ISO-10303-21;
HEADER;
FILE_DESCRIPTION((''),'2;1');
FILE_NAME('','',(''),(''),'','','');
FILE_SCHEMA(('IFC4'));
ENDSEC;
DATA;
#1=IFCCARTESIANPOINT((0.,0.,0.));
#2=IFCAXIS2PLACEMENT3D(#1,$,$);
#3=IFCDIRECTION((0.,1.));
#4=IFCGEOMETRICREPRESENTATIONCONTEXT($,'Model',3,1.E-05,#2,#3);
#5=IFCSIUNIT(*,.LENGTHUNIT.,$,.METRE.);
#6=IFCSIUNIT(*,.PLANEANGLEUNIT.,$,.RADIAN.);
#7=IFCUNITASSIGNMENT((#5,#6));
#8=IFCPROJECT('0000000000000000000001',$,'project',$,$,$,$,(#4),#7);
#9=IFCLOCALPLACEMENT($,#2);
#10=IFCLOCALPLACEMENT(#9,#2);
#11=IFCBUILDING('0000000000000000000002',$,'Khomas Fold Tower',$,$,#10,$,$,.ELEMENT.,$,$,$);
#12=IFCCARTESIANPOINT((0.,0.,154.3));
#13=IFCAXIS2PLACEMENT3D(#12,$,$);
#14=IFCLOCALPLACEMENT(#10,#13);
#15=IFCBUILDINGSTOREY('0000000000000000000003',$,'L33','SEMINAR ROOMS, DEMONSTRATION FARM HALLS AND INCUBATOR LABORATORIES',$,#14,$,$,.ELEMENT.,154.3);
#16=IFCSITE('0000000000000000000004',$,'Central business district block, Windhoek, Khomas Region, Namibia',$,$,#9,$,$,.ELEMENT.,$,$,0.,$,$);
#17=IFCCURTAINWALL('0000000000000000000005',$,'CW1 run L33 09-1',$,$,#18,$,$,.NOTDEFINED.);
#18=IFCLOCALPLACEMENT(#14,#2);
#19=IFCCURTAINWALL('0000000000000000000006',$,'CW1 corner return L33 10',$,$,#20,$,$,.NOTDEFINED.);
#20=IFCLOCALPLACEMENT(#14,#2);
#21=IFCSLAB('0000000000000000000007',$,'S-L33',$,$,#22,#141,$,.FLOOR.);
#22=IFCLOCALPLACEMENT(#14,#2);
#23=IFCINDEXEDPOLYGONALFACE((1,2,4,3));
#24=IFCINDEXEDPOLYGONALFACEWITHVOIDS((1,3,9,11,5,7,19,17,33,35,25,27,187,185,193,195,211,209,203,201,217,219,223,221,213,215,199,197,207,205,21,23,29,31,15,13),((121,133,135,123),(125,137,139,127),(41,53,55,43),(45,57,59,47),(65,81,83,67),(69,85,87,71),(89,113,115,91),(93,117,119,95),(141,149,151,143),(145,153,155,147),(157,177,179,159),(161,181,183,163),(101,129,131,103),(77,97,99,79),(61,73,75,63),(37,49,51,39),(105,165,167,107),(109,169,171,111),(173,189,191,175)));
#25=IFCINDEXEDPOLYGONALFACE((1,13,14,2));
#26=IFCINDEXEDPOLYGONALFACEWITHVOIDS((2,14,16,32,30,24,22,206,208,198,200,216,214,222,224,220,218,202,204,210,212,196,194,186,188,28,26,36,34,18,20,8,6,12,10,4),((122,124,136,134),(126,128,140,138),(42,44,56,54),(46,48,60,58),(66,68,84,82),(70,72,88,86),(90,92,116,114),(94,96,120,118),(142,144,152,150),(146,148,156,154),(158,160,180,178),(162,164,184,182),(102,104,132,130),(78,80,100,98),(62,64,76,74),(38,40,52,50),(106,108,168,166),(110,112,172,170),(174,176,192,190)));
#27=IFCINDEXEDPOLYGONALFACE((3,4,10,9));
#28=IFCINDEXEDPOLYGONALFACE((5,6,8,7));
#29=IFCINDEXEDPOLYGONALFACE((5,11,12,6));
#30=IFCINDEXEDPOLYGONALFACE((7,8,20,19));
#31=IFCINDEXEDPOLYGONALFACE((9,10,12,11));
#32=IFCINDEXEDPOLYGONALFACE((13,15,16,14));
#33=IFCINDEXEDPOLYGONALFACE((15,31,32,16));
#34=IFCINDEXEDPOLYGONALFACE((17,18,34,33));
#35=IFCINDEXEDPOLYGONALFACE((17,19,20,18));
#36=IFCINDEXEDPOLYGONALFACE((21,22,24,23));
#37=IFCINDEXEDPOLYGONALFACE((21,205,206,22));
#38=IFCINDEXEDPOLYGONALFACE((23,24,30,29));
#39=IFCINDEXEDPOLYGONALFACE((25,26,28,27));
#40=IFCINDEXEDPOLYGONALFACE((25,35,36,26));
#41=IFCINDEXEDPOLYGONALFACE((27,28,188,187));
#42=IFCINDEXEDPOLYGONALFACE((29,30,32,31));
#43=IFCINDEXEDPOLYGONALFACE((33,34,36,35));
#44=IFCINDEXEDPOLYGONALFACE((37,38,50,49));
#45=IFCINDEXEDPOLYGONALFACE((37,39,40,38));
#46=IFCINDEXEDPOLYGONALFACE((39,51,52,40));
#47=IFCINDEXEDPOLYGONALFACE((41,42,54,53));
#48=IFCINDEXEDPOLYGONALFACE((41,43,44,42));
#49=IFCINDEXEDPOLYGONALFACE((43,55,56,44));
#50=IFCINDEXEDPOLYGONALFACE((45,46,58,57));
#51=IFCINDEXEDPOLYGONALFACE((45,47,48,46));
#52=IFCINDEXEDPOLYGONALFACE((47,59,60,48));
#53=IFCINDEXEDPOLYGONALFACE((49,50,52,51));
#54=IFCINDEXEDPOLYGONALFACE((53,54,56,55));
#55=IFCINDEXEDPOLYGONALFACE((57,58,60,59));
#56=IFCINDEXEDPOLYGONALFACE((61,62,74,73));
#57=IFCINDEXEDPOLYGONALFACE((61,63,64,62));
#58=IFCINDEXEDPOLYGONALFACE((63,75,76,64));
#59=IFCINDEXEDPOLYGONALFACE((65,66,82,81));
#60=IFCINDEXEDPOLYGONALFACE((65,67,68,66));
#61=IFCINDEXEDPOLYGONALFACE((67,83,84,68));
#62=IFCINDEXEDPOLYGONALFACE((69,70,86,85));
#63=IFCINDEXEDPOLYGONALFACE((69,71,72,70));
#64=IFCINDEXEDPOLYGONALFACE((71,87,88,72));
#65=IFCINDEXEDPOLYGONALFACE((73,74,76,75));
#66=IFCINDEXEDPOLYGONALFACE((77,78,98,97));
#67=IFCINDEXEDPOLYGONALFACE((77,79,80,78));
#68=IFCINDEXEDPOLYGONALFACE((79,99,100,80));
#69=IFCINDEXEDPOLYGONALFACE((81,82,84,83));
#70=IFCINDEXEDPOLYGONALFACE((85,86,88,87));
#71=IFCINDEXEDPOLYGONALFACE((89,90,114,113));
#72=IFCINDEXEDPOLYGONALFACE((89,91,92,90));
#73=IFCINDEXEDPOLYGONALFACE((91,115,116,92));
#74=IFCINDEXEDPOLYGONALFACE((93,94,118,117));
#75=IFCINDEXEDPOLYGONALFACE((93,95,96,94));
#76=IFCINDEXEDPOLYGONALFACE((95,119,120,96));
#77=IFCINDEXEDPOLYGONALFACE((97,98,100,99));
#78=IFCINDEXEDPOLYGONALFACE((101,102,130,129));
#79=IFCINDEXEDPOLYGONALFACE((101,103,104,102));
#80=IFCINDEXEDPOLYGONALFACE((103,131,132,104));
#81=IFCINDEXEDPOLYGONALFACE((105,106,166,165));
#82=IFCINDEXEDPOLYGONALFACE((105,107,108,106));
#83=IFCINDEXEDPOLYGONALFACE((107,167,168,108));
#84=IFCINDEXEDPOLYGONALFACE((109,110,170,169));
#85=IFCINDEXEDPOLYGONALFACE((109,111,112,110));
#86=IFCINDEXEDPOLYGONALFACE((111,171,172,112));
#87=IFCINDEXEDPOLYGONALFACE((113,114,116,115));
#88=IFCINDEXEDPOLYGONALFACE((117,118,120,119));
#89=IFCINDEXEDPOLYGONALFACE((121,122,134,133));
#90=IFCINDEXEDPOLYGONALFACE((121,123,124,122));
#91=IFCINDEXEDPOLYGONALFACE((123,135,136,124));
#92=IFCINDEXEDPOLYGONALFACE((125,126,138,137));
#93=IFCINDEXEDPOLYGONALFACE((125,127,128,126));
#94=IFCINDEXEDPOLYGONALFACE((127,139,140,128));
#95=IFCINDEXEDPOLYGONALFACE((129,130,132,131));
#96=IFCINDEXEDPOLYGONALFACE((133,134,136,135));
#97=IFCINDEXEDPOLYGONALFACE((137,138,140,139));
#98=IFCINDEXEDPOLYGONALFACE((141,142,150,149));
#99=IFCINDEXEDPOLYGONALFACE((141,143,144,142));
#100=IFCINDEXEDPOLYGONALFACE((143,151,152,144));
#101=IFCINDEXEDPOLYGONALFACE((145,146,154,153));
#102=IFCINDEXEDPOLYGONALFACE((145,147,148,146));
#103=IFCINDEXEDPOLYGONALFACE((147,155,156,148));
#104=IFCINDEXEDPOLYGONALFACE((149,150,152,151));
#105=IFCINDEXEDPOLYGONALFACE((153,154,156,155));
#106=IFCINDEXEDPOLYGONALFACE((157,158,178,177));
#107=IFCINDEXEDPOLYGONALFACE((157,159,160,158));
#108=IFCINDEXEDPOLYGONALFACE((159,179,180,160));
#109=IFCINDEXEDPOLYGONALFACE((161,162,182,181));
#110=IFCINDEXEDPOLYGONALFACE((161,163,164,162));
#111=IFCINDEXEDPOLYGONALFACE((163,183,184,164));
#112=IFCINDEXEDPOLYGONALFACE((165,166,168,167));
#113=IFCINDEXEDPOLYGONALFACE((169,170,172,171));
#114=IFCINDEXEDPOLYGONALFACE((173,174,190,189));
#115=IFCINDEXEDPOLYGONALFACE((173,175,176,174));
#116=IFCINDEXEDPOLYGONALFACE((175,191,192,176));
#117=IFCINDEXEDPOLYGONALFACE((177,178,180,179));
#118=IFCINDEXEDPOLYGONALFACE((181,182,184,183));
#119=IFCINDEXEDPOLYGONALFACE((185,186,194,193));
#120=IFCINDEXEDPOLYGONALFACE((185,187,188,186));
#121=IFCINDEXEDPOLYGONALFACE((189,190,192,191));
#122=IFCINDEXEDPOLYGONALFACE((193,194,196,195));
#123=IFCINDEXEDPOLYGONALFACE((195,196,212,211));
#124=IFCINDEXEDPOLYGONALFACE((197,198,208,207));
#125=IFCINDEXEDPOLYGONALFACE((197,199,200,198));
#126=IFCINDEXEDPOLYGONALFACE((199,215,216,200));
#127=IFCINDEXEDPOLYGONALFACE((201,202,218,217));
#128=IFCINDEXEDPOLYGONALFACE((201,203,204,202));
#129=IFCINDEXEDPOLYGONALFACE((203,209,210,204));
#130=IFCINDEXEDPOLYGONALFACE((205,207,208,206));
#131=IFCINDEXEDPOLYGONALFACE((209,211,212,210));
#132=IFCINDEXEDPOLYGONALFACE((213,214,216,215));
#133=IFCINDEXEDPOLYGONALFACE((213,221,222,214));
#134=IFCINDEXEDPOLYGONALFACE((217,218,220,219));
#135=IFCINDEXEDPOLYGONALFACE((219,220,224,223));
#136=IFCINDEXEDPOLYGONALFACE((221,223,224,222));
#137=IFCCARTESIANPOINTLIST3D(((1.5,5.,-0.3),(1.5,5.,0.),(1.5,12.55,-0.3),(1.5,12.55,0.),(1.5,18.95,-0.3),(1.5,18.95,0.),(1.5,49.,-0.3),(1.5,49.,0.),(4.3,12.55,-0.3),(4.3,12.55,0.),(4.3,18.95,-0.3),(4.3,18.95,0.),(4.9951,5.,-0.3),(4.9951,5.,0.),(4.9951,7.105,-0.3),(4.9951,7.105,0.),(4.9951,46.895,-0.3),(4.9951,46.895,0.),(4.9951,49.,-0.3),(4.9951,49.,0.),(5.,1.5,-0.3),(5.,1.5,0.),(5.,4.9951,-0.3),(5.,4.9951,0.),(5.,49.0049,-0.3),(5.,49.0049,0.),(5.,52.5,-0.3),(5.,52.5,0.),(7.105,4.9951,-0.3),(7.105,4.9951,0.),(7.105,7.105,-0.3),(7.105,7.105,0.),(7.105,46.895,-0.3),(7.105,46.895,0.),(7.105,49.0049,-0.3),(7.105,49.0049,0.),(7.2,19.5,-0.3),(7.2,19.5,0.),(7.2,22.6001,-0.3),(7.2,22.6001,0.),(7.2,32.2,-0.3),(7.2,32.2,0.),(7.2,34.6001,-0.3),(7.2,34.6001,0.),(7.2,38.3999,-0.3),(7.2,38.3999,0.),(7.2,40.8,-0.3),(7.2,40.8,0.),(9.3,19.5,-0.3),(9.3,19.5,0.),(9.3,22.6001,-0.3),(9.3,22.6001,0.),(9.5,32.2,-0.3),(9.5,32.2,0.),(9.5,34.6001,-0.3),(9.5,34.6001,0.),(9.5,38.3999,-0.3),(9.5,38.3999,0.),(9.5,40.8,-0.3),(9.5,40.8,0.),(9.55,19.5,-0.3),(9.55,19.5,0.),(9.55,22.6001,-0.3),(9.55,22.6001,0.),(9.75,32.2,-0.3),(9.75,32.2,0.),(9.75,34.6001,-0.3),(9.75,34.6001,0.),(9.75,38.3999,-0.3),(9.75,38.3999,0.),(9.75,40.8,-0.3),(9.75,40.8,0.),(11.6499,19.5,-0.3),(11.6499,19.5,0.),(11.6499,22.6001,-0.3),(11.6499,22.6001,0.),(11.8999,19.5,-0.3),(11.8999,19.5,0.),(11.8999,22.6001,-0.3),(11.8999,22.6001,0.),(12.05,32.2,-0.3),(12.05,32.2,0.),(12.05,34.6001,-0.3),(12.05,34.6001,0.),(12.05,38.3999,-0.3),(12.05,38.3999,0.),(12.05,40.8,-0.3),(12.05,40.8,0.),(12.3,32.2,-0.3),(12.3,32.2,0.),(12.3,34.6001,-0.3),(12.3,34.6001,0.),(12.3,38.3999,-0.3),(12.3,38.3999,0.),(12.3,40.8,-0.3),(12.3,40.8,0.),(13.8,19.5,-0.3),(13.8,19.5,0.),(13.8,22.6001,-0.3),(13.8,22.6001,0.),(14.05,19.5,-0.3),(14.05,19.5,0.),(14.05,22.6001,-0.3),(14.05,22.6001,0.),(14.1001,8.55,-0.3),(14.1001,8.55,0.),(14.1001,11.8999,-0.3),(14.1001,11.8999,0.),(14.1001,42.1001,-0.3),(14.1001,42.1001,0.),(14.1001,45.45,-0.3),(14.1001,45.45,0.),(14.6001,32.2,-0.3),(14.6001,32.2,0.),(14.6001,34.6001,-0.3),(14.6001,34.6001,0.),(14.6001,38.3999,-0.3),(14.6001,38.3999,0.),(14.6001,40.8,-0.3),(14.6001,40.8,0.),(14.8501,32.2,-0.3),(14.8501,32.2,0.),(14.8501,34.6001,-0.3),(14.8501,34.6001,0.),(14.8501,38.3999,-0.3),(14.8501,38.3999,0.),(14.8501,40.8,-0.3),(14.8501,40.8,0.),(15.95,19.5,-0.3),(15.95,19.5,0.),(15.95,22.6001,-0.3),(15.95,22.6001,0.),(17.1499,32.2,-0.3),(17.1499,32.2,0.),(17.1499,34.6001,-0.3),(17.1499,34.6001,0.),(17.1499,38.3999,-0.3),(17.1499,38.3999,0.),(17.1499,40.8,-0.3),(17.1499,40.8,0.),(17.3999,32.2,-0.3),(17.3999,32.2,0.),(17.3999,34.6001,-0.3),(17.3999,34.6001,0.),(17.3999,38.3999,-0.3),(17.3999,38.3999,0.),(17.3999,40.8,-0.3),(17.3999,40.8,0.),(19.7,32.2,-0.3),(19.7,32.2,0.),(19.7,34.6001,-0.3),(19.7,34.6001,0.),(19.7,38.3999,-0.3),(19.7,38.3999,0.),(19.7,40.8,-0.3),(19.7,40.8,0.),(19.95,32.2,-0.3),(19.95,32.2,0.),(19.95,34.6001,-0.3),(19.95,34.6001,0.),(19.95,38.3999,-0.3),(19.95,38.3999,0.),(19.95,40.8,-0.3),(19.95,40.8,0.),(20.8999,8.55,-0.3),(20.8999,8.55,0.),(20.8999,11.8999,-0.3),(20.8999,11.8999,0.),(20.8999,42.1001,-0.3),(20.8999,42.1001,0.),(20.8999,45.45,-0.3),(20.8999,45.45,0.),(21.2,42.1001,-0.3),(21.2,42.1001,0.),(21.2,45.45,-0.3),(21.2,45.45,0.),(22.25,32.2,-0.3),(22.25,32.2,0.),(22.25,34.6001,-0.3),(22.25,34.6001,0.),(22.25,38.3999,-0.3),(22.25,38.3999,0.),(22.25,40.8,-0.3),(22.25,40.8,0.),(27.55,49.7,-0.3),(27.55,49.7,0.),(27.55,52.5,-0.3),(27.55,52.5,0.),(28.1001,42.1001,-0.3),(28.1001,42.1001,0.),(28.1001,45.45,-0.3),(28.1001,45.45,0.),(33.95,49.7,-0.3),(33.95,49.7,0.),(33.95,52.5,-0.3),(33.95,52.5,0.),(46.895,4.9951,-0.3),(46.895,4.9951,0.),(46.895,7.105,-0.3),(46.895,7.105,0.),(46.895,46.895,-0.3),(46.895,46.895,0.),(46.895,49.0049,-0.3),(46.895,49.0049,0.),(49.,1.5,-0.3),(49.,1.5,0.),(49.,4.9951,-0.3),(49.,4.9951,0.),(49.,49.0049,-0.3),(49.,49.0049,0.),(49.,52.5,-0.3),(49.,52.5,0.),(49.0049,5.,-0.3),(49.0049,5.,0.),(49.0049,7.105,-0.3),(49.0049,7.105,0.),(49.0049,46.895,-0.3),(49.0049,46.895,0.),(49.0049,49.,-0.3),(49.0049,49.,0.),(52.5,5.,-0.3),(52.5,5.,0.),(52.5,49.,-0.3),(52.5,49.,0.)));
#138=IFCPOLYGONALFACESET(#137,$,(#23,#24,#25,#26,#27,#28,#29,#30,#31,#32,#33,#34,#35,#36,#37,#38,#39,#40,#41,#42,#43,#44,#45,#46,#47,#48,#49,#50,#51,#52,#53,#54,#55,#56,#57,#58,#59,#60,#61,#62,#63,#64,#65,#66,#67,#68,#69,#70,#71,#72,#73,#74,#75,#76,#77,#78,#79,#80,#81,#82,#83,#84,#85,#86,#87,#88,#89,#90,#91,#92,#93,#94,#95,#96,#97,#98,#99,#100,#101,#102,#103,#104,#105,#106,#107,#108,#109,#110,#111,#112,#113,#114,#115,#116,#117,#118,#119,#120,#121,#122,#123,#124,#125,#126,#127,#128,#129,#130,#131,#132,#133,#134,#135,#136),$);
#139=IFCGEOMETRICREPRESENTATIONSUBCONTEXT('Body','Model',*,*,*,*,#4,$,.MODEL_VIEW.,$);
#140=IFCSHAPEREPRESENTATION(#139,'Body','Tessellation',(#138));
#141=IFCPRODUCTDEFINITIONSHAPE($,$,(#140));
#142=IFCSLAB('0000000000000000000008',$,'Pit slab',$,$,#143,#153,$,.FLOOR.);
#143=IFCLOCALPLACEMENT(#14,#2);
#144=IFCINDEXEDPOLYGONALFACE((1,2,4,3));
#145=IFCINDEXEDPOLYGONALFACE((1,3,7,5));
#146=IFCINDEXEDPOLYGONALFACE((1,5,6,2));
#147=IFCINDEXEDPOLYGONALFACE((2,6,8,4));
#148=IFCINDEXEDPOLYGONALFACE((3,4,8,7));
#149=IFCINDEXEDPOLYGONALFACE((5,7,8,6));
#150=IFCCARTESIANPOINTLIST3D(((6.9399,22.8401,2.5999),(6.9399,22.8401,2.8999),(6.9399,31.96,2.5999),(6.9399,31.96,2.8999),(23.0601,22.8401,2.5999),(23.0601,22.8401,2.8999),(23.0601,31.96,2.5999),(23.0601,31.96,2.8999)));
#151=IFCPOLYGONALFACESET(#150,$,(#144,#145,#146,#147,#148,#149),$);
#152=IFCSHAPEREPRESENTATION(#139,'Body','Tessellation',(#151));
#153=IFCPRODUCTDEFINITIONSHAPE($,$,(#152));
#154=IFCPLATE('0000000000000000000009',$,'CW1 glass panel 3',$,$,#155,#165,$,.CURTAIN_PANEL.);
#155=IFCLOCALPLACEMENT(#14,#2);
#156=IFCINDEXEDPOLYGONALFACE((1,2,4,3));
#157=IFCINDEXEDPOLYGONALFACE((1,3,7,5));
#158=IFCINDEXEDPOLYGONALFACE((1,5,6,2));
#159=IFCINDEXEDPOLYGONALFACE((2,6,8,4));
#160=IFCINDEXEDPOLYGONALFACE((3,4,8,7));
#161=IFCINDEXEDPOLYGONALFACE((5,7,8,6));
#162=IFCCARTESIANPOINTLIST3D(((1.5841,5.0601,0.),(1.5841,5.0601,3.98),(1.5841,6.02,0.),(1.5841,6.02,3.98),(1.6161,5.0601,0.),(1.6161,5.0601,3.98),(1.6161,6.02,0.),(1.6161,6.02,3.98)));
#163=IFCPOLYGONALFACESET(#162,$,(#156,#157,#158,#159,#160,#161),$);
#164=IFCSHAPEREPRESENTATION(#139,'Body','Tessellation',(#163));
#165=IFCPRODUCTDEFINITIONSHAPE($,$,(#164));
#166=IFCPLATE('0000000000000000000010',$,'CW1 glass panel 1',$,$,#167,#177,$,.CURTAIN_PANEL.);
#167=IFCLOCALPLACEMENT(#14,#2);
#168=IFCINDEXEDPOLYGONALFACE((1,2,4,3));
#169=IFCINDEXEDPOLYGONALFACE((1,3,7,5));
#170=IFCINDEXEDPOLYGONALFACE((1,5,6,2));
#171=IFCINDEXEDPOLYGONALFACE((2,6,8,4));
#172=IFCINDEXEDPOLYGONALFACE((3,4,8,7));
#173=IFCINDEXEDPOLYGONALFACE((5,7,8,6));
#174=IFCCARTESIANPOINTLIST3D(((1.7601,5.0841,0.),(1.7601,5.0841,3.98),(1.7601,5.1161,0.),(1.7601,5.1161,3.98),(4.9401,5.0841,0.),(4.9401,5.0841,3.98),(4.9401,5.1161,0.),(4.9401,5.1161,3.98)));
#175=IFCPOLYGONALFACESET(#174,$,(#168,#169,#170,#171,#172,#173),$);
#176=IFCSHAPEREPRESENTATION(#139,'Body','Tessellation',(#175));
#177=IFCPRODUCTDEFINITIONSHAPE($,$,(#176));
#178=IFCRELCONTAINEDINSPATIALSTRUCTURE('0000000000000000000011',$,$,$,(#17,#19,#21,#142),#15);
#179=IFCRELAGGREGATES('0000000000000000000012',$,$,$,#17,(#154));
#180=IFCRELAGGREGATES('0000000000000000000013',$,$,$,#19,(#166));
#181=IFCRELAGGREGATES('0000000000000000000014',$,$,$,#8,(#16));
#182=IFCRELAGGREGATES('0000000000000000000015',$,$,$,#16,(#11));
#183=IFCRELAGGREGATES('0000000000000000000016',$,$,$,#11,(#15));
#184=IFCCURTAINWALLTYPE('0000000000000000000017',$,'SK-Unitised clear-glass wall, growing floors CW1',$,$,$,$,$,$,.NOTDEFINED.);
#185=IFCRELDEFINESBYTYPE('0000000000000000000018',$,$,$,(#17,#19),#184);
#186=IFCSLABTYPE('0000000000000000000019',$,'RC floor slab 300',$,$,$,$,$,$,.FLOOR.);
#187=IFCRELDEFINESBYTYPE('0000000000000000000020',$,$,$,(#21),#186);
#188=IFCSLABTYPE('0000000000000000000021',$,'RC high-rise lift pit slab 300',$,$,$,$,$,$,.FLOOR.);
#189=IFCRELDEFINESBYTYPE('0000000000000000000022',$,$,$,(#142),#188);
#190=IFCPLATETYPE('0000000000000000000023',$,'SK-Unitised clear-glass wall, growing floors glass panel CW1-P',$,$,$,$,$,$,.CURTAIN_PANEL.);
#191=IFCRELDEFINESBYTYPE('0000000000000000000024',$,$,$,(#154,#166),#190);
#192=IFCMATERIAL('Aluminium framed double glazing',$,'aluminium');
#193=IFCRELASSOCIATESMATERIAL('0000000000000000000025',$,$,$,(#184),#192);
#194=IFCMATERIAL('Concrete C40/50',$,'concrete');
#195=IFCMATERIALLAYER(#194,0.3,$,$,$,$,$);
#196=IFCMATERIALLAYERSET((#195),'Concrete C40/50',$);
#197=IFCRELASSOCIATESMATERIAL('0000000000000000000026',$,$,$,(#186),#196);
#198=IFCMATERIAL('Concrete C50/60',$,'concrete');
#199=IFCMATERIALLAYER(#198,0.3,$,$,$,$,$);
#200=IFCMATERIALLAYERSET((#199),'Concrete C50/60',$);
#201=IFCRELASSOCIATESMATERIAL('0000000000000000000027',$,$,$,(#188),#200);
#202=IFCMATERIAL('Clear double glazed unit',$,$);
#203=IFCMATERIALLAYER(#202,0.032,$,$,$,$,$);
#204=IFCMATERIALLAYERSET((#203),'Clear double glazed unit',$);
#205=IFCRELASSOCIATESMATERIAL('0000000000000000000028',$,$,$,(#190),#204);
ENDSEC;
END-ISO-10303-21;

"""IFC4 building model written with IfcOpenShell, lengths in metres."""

from ifc_helpers import new_model, si_unit, direction, frame, origin, origin_2d, place, context, subcontext, project, spatial, polyline, rectangle, outline, extrude, source, transform, mapped, material, layer, layer_set, type_object, element, aggregate, save


model = new_model("IFC4")

# Units and contexts
model_context = context("Model", 3, precision=1e-05, world=origin(), true_north=direction((0.0, 1.0)))
body_context = subcontext(model_context, "Body", "Model", "MODEL_VIEW")
ifc_project = project(units=[si_unit("LENGTHUNIT", "METRE"), si_unit("PLANEANGLEUNIT", "RADIAN")], contexts=[model_context])

# Site, building, storey
site_placement = place(None, origin())
site = spatial("IfcSite", under=ifc_project, at=site_placement, Name="Central business district block, Windhoek, Khomas Region, Namibia", CompositionType="ELEMENT", RefElevation=0.0)
building_placement = place(site_placement, origin())
building = spatial("IfcBuilding", under=site, at=building_placement, Name="Khomas Fold Tower", CompositionType="ELEMENT")
storey_placement = place(building_placement, frame((0.0, 0.0, 154.3)))
storey = spatial("IfcBuildingStorey", under=building, at=storey_placement, Name="L33", Description="SEMINAR ROOMS, DEMONSTRATION FARM HALLS AND INCUBATOR LABORATORIES", CompositionType="ELEMENT", Elevation=154.3)

# Curtain walls
ifc_material_1 = material(Name="Aluminium framed double glazing", Category="aluminium")
curtain_wall_type = type_object("IfcCurtainWallType", Name="SK-Unitised clear-glass wall, growing floors CW1", PredefinedType="NOTDEFINED", material=ifc_material_1)
curtain_wall_1_placement = place(storey_placement, origin())
curtain_wall_1 = element("IfcCurtainWall", 1, at=curtain_wall_1_placement, inside=storey, type_object=curtain_wall_type, Name="CW1 run L33 09-1", PredefinedType="NOTDEFINED")
curtain_wall_2_placement = place(storey_placement, origin())
curtain_wall_2 = element("IfcCurtainWall", 2, at=curtain_wall_2_placement, inside=storey, type_object=curtain_wall_type, Name="CW1 corner return L33 10", PredefinedType="NOTDEFINED")

# Slabs
ifc_material_2 = material(Name="Concrete C40/50", Category="concrete")
ifc_layer_1 = layer(ifc_material_2, 0.3)
ifc_layer_set_1 = layer_set([ifc_layer_1], Name="Concrete C40/50")
slab_type_1 = type_object("IfcSlabType", Name="RC floor slab 300", PredefinedType="FLOOR", material=ifc_layer_set_1)
shared_shape_1 = source(origin(), body_context, "Body", "SweptSolid", [
    extrude(outline(polyline([(1.5, 5.0), (4.9951, 5.0), (4.9951, 7.105), (7.105, 7.105), (7.105, 4.9951), (5.0, 4.9951), (5.0, 1.5), (49.0, 1.5), (49.0, 4.9951), (46.895, 4.9951), (46.895, 7.105), (49.0049, 7.105), (49.0049, 5.0), (52.5, 5.0), (52.5, 49.0), (49.0049, 49.0), (49.0049, 46.895), (46.895, 46.895), (46.895, 49.0049), (49.0, 49.0049), (49.0, 52.5), (33.95, 52.5), (33.95, 49.7), (27.55, 49.7), (27.55, 52.5), (5.0, 52.5), (5.0, 49.0049), (7.105, 49.0049), (7.105, 46.895), (4.9951, 46.895), (4.9951, 49.0), (1.5, 49.0), (1.5, 18.95), (4.3, 18.95), (4.3, 12.55), (1.5, 12.55), (1.5, 5.0)]), holes=[polyline([(7.2, 19.5), (7.2, 22.6001), (9.3, 22.6001), (9.3, 19.5), (7.2, 19.5)]), polyline([(7.2, 32.2), (7.2, 34.6001), (9.5, 34.6001), (9.5, 32.2), (7.2, 32.2)]), polyline([(7.2, 38.3999), (7.2, 40.8), (9.5, 40.8), (9.5, 38.3999), (7.2, 38.3999)]), polyline([(9.55, 19.5), (9.55, 22.6001), (11.6499, 22.6001), (11.6499, 19.5), (9.55, 19.5)]), polyline([(9.75, 32.2), (9.75, 34.6001), (12.05, 34.6001), (12.05, 32.2), (9.75, 32.2)]), polyline([(9.75, 38.3999), (9.75, 40.8), (12.05, 40.8), (12.05, 38.3999), (9.75, 38.3999)]), polyline([(11.8999, 19.5), (11.8999, 22.6001), (13.8, 22.6001), (13.8, 19.5), (11.8999, 19.5)]), polyline([(12.3, 32.2), (12.3, 34.6001), (14.6001, 34.6001), (14.6001, 32.2), (12.3, 32.2)]), polyline([(12.3, 38.3999), (12.3, 40.8), (14.6001, 40.8), (14.6001, 38.3999), (12.3, 38.3999)]), polyline([(14.05, 19.5), (14.05, 22.6001), (15.95, 22.6001), (15.95, 19.5), (14.05, 19.5)]), polyline([(14.1001, 8.55), (14.1001, 11.8999), (20.8999, 11.8999), (20.8999, 8.55), (14.1001, 8.55)]), polyline([(14.1001, 42.1001), (14.1001, 45.45), (20.8999, 45.45), (20.8999, 42.1001), (14.1001, 42.1001)]), polyline([(14.8501, 32.2), (14.8501, 34.6001), (17.1499, 34.6001), (17.1499, 32.2), (14.8501, 32.2)]), polyline([(14.8501, 38.3999), (14.8501, 40.8), (17.1499, 40.8), (17.1499, 38.3999), (14.8501, 38.3999)]), polyline([(17.3999, 32.2), (17.3999, 34.6001), (19.7, 34.6001), (19.7, 32.2), (17.3999, 32.2)]), polyline([(17.3999, 38.3999), (17.3999, 40.8), (19.7, 40.8), (19.7, 38.3999), (17.3999, 38.3999)]), polyline([(19.95, 32.2), (19.95, 34.6001), (22.25, 34.6001), (22.25, 32.2), (19.95, 32.2)]), polyline([(19.95, 38.3999), (19.95, 40.8), (22.25, 40.8), (22.25, 38.3999), (19.95, 38.3999)]), polyline([(21.2, 42.1001), (21.2, 45.45), (28.1001, 45.45), (28.1001, 42.1001), (21.2, 42.1001)])]), origin(), (0.0, 0.0, 1.0), 0.3),
])
slab_1_placement = place(storey_placement, frame((0.0, 0.0, -0.3)))
element("IfcSlab", 3, at=slab_1_placement, inside=storey, type_object=slab_type_1, Name="S-L33", PredefinedType="FLOOR", context=body_context, shape_type="MappedRepresentation", body=[
    mapped(shared_shape_1, transform((0.0, 0.0, 0.0))),
])
ifc_material_3 = material(Name="Concrete C50/60", Category="concrete")
ifc_layer_2 = layer(ifc_material_3, 0.3)
ifc_layer_set_2 = layer_set([ifc_layer_2], Name="Concrete C50/60")
slab_type_2 = type_object("IfcSlabType", Name="RC high-rise lift pit slab 300", PredefinedType="FLOOR", material=ifc_layer_set_2)
shared_shape_2 = source(origin(), body_context, "Body", "SweptSolid", [
    extrude(outline(polyline([(6.9399, 22.8401), (23.0601, 22.8401), (23.0601, 31.96), (6.9399, 31.96), (6.9399, 22.8401)])), origin(), (0.0, 0.0, 1.0), 0.3),
])
slab_2_placement = place(storey_placement, frame((0.0, 0.0, 2.5999)))
element("IfcSlab", 4, at=slab_2_placement, inside=storey, type_object=slab_type_2, Name="Pit slab", PredefinedType="FLOOR", context=body_context, shape_type="MappedRepresentation", body=[
    mapped(shared_shape_2, transform((0.0, 0.0, 0.0))),
])

# Plates
ifc_material_4 = material(Name="Clear double glazed unit")
ifc_layer_3 = layer(ifc_material_4, 0.032)
ifc_layer_set_3 = layer_set([ifc_layer_3], Name="Clear double glazed unit")
plate_type_1 = type_object("IfcPlateType", Name="SK-Unitised clear-glass wall, growing floors glass panel CW1-P", PredefinedType="CURTAIN_PANEL", material=ifc_layer_set_3)
shared_shape_3 = source(origin(), body_context, "Body", "SweptSolid", [
    extrude(rectangle(XDim=0.96, YDim=0.032, at=origin_2d()), origin(), (0.0, 0.0, 1.0), 3.98),
])
plate_1_placement = place(storey_placement, frame((1.6001, 5.54, 0.0), z_axis=(0.0, 0.0, 1.0), x_axis=(0.0, -1.0, 0.0)))
plate_1 = element("IfcPlate", 5, at=plate_1_placement, type_object=plate_type_1, Name="CW1 glass panel 3", PredefinedType="CURTAIN_PANEL", context=body_context, shape_type="MappedRepresentation", body=[
    mapped(shared_shape_3, transform((0.0, 0.0, 0.0))),
])
aggregate(curtain_wall_1, [plate_1])
shared_shape_4 = source(origin(), body_context, "Body", "SweptSolid", [
    extrude(rectangle(XDim=3.1799, YDim=0.032, at=origin_2d()), origin(), (0.0, 0.0, 1.0), 3.98),
])
plate_2_placement = place(storey_placement, frame((3.3501, 5.1001, 0.0), z_axis=(0.0, 0.0, 1.0), x_axis=(1.0, 0.0, 0.0)))
plate_2 = element("IfcPlate", 6, at=plate_2_placement, type_object=plate_type_1, Name="CW1 glass panel 1", PredefinedType="CURTAIN_PANEL", context=body_context, shape_type="MappedRepresentation", body=[
    mapped(shared_shape_4, transform((0.0, 0.0, 0.0))),
])
aggregate(curtain_wall_2, [plate_2])

save(model, "model.ifc")
